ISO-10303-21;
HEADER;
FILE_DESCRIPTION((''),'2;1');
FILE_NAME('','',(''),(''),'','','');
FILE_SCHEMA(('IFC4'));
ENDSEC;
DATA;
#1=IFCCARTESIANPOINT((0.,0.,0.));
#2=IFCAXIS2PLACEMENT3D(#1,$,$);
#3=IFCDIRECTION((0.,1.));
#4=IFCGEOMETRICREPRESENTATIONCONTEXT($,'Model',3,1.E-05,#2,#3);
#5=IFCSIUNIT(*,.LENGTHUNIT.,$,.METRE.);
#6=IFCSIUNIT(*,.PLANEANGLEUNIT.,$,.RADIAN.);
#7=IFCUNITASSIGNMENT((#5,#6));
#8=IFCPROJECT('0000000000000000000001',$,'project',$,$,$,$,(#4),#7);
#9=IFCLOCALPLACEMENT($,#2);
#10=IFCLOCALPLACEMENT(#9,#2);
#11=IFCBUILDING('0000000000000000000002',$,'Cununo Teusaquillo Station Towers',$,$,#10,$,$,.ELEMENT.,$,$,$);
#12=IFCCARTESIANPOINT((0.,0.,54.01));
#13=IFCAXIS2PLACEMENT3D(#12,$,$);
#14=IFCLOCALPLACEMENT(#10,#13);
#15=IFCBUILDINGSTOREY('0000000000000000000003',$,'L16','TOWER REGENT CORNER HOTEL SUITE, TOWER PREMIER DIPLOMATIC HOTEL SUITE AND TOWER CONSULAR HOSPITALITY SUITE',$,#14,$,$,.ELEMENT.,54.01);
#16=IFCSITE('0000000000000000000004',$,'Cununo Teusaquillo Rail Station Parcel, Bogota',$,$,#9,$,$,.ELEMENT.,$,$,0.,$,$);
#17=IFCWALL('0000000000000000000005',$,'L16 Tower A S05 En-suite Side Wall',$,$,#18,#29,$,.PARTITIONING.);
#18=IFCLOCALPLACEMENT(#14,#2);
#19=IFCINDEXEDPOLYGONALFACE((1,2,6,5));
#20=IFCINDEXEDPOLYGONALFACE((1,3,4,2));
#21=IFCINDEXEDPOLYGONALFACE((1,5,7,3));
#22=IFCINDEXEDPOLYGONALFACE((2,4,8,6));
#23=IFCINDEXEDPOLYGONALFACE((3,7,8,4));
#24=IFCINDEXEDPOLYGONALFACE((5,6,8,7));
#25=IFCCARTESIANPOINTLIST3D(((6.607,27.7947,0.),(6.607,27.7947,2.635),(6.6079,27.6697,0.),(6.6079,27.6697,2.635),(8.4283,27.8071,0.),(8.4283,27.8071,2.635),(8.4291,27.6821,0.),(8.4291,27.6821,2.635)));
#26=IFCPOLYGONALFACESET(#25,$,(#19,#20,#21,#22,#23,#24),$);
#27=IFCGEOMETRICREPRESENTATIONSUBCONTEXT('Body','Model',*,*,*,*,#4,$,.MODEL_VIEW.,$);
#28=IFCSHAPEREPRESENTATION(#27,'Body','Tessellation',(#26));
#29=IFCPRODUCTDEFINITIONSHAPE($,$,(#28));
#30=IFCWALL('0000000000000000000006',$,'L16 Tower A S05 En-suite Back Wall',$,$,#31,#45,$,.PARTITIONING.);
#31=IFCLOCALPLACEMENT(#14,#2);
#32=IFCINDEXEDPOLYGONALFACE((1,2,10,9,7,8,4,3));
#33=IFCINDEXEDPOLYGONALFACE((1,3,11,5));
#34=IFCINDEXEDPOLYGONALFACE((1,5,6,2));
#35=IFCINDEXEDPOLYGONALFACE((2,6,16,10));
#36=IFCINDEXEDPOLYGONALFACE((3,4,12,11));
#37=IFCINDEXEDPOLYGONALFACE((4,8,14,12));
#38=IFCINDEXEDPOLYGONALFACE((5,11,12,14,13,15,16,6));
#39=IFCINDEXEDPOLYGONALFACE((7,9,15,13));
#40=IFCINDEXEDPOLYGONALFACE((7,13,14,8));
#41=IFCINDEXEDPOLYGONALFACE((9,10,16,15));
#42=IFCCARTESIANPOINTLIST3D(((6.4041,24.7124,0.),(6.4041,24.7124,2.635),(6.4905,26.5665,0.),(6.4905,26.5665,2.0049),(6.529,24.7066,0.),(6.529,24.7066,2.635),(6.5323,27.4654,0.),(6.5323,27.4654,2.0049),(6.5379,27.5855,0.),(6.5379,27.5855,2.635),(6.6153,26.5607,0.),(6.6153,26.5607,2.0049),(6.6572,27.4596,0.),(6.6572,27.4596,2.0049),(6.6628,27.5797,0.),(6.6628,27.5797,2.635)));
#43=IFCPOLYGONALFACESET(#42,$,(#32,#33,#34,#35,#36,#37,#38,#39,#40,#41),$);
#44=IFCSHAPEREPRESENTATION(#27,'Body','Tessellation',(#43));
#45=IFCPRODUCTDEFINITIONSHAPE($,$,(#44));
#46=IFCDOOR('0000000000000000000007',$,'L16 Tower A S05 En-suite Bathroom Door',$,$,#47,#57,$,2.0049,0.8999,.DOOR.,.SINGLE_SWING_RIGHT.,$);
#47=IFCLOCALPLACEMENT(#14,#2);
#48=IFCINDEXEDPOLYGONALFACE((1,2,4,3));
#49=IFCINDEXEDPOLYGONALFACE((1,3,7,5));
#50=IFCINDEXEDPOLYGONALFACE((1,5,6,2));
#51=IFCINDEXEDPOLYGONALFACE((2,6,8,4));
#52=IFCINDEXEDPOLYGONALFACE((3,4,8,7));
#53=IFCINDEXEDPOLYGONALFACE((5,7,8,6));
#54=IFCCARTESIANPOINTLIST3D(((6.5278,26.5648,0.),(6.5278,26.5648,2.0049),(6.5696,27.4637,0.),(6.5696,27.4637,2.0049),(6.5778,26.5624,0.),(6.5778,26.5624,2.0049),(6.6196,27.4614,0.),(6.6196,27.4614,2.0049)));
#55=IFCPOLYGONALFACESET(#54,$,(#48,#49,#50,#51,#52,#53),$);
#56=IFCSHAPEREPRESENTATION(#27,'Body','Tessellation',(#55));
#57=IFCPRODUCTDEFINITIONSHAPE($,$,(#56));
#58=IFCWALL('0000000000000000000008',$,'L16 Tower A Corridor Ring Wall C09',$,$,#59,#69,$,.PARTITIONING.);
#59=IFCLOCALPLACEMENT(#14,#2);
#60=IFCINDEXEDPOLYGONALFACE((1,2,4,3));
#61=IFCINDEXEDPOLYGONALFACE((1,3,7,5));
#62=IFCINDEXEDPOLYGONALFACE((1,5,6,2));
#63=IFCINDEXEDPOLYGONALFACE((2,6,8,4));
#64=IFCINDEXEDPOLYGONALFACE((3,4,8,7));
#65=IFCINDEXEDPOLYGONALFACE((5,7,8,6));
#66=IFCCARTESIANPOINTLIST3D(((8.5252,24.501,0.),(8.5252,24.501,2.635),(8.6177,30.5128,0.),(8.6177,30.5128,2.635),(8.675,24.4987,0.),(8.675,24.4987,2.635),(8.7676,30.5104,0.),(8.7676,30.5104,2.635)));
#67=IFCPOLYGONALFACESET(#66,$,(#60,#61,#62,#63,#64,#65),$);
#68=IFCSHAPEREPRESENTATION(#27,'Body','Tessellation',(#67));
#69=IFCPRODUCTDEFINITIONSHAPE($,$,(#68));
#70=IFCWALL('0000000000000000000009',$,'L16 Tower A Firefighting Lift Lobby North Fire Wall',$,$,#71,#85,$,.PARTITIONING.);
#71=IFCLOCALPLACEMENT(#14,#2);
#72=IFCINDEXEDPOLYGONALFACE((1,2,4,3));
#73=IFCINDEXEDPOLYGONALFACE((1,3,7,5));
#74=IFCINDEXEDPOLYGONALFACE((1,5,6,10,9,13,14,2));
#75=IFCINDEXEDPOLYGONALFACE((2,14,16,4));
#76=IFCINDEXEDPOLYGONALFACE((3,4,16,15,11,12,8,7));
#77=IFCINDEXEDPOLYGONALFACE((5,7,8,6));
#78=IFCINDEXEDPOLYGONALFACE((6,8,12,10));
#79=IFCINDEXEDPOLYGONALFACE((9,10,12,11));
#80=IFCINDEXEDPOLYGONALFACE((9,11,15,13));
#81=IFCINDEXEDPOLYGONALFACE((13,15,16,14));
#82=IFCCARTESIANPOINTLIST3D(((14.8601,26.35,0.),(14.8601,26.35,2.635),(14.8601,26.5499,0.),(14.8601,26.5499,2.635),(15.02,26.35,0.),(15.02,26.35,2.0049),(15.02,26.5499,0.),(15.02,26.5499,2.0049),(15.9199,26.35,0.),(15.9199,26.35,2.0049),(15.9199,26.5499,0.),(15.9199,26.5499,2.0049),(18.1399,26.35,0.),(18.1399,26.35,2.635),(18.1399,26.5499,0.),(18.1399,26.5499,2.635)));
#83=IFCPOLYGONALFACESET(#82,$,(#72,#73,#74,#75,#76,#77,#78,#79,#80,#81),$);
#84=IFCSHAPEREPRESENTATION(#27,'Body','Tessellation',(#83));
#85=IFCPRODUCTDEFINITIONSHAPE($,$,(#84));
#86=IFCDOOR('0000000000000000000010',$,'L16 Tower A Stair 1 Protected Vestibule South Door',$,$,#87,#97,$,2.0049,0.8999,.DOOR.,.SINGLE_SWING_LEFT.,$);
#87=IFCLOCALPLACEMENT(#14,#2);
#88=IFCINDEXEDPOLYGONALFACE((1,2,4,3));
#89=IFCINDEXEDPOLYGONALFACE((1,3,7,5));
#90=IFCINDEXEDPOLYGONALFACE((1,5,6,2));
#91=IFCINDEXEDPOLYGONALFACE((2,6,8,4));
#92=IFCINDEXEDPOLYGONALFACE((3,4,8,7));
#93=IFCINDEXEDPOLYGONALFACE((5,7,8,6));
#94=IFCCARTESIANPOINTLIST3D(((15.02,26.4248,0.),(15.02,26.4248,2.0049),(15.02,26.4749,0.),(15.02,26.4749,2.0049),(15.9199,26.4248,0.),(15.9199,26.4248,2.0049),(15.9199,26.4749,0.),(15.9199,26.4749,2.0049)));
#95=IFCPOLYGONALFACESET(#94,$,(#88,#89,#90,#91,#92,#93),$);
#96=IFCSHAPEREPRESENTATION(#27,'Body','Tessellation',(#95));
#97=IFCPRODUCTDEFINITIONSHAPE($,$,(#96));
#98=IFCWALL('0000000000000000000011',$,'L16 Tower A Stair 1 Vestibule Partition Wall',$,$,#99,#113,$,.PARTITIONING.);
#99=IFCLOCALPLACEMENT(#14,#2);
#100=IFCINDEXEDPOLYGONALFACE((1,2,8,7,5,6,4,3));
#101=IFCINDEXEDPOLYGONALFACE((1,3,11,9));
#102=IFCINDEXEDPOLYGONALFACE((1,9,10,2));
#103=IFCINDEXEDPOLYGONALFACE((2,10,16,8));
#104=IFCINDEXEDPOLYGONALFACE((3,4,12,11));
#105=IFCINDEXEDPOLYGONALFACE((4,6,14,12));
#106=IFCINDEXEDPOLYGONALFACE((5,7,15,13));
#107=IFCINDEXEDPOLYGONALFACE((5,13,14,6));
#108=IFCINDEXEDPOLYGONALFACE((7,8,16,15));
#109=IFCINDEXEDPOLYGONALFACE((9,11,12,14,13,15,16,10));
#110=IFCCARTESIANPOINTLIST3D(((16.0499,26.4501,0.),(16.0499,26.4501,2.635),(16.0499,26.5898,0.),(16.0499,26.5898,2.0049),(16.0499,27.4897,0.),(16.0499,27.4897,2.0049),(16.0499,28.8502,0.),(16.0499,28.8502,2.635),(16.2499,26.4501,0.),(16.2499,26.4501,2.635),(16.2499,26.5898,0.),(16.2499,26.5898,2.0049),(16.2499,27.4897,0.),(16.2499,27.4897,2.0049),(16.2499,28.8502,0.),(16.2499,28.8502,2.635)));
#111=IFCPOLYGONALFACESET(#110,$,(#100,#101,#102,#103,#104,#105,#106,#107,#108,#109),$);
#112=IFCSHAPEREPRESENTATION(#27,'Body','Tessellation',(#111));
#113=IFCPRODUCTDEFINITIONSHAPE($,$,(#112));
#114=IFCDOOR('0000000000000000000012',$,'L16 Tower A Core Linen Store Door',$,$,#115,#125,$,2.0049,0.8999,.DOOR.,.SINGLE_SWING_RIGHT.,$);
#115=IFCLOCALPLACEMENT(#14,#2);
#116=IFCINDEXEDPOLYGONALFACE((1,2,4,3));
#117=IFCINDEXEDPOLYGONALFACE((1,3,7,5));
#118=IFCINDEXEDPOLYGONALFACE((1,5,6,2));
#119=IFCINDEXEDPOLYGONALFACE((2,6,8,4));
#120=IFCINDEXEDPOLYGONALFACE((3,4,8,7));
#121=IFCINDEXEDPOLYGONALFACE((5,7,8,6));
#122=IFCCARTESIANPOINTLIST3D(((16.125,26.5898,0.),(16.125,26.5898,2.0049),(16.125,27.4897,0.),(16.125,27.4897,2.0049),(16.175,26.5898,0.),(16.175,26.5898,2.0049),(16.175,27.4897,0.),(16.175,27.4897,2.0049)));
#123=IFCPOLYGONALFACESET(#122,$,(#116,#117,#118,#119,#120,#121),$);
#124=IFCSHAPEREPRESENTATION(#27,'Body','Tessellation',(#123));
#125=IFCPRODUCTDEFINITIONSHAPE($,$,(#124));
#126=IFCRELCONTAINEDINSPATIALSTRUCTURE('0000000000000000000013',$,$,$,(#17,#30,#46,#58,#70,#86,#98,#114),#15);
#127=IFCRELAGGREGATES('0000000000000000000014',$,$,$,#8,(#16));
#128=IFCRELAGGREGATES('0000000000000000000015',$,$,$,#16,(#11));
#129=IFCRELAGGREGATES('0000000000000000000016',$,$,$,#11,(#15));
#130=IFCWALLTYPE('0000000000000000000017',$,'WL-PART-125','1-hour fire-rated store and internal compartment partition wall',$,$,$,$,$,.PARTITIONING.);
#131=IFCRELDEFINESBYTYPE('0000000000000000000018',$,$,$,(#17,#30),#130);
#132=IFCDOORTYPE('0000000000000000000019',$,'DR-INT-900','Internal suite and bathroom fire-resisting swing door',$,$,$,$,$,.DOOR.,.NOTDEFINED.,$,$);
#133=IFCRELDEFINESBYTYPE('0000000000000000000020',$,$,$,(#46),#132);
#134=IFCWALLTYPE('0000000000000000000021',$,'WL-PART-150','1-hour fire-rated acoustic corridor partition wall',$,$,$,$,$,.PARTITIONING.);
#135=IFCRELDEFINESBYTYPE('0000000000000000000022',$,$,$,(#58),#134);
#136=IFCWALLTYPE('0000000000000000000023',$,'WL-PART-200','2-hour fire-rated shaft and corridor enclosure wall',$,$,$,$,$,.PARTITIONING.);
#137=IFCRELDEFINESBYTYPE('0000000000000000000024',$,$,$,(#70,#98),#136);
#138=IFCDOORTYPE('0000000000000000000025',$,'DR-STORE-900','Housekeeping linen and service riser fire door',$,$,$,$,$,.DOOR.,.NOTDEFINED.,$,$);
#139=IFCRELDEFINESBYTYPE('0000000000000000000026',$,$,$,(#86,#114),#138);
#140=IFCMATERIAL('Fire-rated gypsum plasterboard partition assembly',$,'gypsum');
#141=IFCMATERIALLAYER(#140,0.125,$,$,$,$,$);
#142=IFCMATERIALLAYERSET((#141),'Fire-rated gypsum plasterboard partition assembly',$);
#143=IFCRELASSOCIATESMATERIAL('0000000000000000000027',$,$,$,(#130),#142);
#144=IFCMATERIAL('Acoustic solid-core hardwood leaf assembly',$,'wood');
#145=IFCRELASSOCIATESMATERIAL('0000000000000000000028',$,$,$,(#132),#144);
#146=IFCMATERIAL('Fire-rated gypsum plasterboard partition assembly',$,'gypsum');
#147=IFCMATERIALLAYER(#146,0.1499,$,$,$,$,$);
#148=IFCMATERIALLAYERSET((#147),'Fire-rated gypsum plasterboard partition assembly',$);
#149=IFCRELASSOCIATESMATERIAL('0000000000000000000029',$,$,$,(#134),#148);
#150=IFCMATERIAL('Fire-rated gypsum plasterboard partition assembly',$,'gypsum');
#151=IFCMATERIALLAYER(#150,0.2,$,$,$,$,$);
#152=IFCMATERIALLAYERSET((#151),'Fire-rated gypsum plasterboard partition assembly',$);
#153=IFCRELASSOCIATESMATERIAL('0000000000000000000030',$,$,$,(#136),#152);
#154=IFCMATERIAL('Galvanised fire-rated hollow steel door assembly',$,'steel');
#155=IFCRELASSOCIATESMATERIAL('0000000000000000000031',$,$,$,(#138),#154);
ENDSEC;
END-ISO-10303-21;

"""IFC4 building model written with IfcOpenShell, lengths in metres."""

from ifc_helpers import new_model, si_unit, direction, frame, frame_2d, origin, place, context, subcontext, project, spatial, rectangle, extrude, source, transform, mapped, material, layer, layer_set, type_object, element, fill, save


model = new_model("IFC4")

# Units and contexts
model_context = context("Model", 3, precision=1e-05, world=origin(), true_north=direction((0.0, 1.0)))
body_context = subcontext(model_context, "Body", "Model", "MODEL_VIEW")
ifc_project = project(units=[si_unit("LENGTHUNIT", "METRE"), si_unit("PLANEANGLEUNIT", "RADIAN")], contexts=[model_context])

# Site, building, storey
site_placement = place(None, origin())
site = spatial("IfcSite", under=ifc_project, at=site_placement, Name="Cununo Teusaquillo Rail Station Parcel, Bogota", CompositionType="ELEMENT", RefElevation=0.0)
building_placement = place(site_placement, origin())
building = spatial("IfcBuilding", under=site, at=building_placement, Name="Cununo Teusaquillo Station Towers", CompositionType="ELEMENT")
storey_placement = place(building_placement, frame((0.0, 0.0, 54.01)))
storey = spatial("IfcBuildingStorey", under=building, at=storey_placement, Name="L16", Description="TOWER REGENT CORNER HOTEL SUITE, TOWER PREMIER DIPLOMATIC HOTEL SUITE AND TOWER CONSULAR HOSPITALITY SUITE", CompositionType="ELEMENT", Elevation=54.01)

# Wall
ifc_material_1 = material(Name="Fire-rated gypsum plasterboard partition assembly", Category="gypsum")
ifc_layer_1 = layer(ifc_material_1, 0.125)
ifc_layer_set_1 = layer_set([ifc_layer_1], Name="Fire-rated gypsum plasterboard partition assembly")
wall_type_1 = type_object("IfcWallType", Name="WL-PART-125", Description="1-hour fire-rated store and internal compartment partition wall", PredefinedType="PARTITIONING", material=ifc_layer_set_1)
wall_1_placement = place(storey_placement, frame((8.4287, 27.7446, 0.0), z_axis=(0.0, 0.0, 1.0), x_axis=(-0.999977, -0.006836, 0.0)))
element("IfcWall", 1, at=wall_1_placement, inside=storey, type_object=wall_type_1, Name="L16 Tower A S05 En-suite Side Wall", PredefinedType="PARTITIONING", context=body_context, shape_type="SweptSolid", body=[
    extrude(rectangle(XDim=1.8213, YDim=0.125, at=frame_2d((0.9106, 0.0))), origin(), (0.0, 0.0, 1.0), 2.635),
])

# Wall, opening, door
wall_2_placement = place(storey_placement, frame((6.6003, 27.5825, 0.0), z_axis=(0.0, 0.0, 1.0), x_axis=(-0.046517, -0.998918, 0.0)))
wall_2 = element("IfcWall", 2, at=wall_2_placement, inside=storey, type_object=wall_type_1, Name="L16 Tower A S05 En-suite Back Wall", PredefinedType="PARTITIONING", context=body_context, shape_type="SweptSolid", body=[
    extrude(rectangle(XDim=2.8762, YDim=0.125, at=frame_2d((1.438, 0.0))), origin(), (0.0, 0.0, 1.0), 2.635),
])
shared_shape_1 = source(origin(), body_context, "Body", "SweptSolid", [
    extrude(rectangle(XDim=0.8999, YDim=2.0049, at=frame_2d((0.45, 1.0024))), frame((0.0, 0.0725, 0.0), z_axis=(0.0, -1.0, 0.0), x_axis=(1.0, 0.0, 0.0)), (0.0, 0.0, 1.0), 0.145),
])
opening_1_placement = place(wall_2_placement, frame((0.1201, 0.0, 0.0)))
opening_1 = element("IfcOpeningElement", 3, at=opening_1_placement, cuts=wall_2, PredefinedType="OPENING", context=body_context, shape_type="MappedRepresentation", body=[
    mapped(shared_shape_1, transform((0.0, 0.0, 0.0), x_axis=(1.0, 0.0, 0.0), y_axis=(0.0, 1.0, 0.0), z_axis=(0.0, 0.0, 1.0), scale=1.0)),
])
ifc_material_2 = material(Name="Acoustic solid-core hardwood leaf assembly", Category="wood")
door_type_1 = type_object("IfcDoorType", Name="DR-INT-900", Description="Internal suite and bathroom fire-resisting swing door", OperationType="NOTDEFINED", PredefinedType="DOOR", material=ifc_material_2)
shared_shape_2 = source(origin(), body_context, "Body", "SweptSolid", [
    extrude(rectangle(XDim=0.8999, YDim=2.0049, at=frame_2d((0.45, 1.0024))), frame((0.0, 0.0249, 0.0), z_axis=(0.0, -1.0, 0.0), x_axis=(1.0, 0.0, 0.0)), (0.0, 0.0, 1.0), 0.05),
])
door_1_placement = place(opening_1_placement, origin())
door_1 = element("IfcDoor", 4, at=door_1_placement, inside=storey, type_object=door_type_1, Name="L16 Tower A S05 En-suite Bathroom Door", OperationType="SINGLE_SWING_RIGHT", OverallHeight=2.0049, OverallWidth=0.8999, PredefinedType="DOOR", context=body_context, shape_type="MappedRepresentation", body=[
    mapped(shared_shape_2, transform((0.0, 0.0, 0.0), x_axis=(1.0, 0.0, 0.0), y_axis=(0.0, 1.0, 0.0), z_axis=(0.0, 0.0, 1.0), scale=1.0)),
])
fill(opening_1, door_1)

# Wall
ifc_material_3 = material(Name="Fire-rated gypsum plasterboard partition assembly", Category="gypsum")
ifc_layer_2 = layer(ifc_material_3, 0.1499)
ifc_layer_set_2 = layer_set([ifc_layer_2], Name="Fire-rated gypsum plasterboard partition assembly")
wall_type_2 = type_object("IfcWallType", Name="WL-PART-150", Description="1-hour fire-rated acoustic corridor partition wall", PredefinedType="PARTITIONING", material=ifc_layer_set_2)
wall_3_placement = place(storey_placement, frame((8.6926, 30.5117, 0.0), z_axis=(0.0, 0.0, 1.0), x_axis=(-0.01539, -0.999882, 0.0)))
element("IfcWall", 5, at=wall_3_placement, inside=storey, type_object=wall_type_2, Name="L16 Tower A Corridor Ring Wall C09", PredefinedType="PARTITIONING", context=body_context, shape_type="SweptSolid", body=[
    extrude(rectangle(XDim=6.0125, YDim=0.1499, at=frame_2d((3.0063, 0.0))), origin(), (0.0, 0.0, 1.0), 2.635),
])

# Walls, openings, doors
ifc_material_4 = material(Name="Fire-rated gypsum plasterboard partition assembly", Category="gypsum")
ifc_layer_3 = layer(ifc_material_4, 0.2)
ifc_layer_set_3 = layer_set([ifc_layer_3], Name="Fire-rated gypsum plasterboard partition assembly")
wall_type_3 = type_object("IfcWallType", Name="WL-PART-200", Description="2-hour fire-rated shaft and corridor enclosure wall", PredefinedType="PARTITIONING", material=ifc_layer_set_3)
wall_4_placement = place(storey_placement, frame((14.8601, 26.45, 0.0), z_axis=(0.0, 0.0, 1.0), x_axis=(1.0, 0.0, 0.0)))
wall_4 = element("IfcWall", 6, at=wall_4_placement, inside=storey, type_object=wall_type_3, Name="L16 Tower A Firefighting Lift Lobby North Fire Wall", PredefinedType="PARTITIONING", context=body_context, shape_type="SweptSolid", body=[
    extrude(rectangle(XDim=3.2798, YDim=0.2, at=frame_2d((1.6399, 0.0))), origin(), (0.0, 0.0, 1.0), 2.635),
])
shared_shape_3 = source(origin(), body_context, "Body", "SweptSolid", [
    extrude(rectangle(XDim=0.8999, YDim=2.0049, at=frame_2d((0.45, 1.0024))), frame((0.0, 0.1099, 0.0), z_axis=(0.0, -1.0, 0.0), x_axis=(1.0, 0.0, 0.0)), (0.0, 0.0, 1.0), 0.22),
])
opening_2_placement = place(wall_4_placement, frame((0.1599, 0.0, 0.0)))
opening_2 = element("IfcOpeningElement", 7, at=opening_2_placement, cuts=wall_4, PredefinedType="OPENING", context=body_context, shape_type="MappedRepresentation", body=[
    mapped(shared_shape_3, transform((0.0, 0.0, 0.0), x_axis=(1.0, 0.0, 0.0), y_axis=(0.0, 1.0, 0.0), z_axis=(0.0, 0.0, 1.0), scale=1.0)),
])
ifc_material_5 = material(Name="Galvanised fire-rated hollow steel door assembly", Category="steel")
door_type_2 = type_object("IfcDoorType", Name="DR-STORE-900", Description="Housekeeping linen and service riser fire door", OperationType="NOTDEFINED", PredefinedType="DOOR", material=ifc_material_5)
door_2_placement = place(opening_2_placement, origin())
door_2 = element("IfcDoor", 8, at=door_2_placement, inside=storey, type_object=door_type_2, Name="L16 Tower A Stair 1 Protected Vestibule South Door", OperationType="SINGLE_SWING_LEFT", OverallHeight=2.0049, OverallWidth=0.8999, PredefinedType="DOOR", context=body_context, shape_type="MappedRepresentation", body=[
    mapped(shared_shape_2, transform((0.0, 0.0, 0.0), x_axis=(1.0, 0.0, 0.0), y_axis=(0.0, 1.0, 0.0), z_axis=(0.0, 0.0, 1.0), scale=1.0)),
])
fill(opening_2, door_2)
wall_5_placement = place(storey_placement, frame((16.1499, 26.45, 0.0), z_axis=(0.0, 0.0, 1.0), x_axis=(0.0, 1.0, 0.0)))
wall_5 = element("IfcWall", 9, at=wall_5_placement, inside=storey, type_object=wall_type_3, Name="L16 Tower A Stair 1 Vestibule Partition Wall", PredefinedType="PARTITIONING", context=body_context, shape_type="SweptSolid", body=[
    extrude(rectangle(XDim=2.4001, YDim=0.2, at=frame_2d((1.2002, 0.0))), origin(), (0.0, 0.0, 1.0), 2.635),
])
opening_3_placement = place(wall_5_placement, frame((0.1399, 0.0, 0.0)))
opening_3 = element("IfcOpeningElement", 10, at=opening_3_placement, cuts=wall_5, PredefinedType="OPENING", context=body_context, shape_type="MappedRepresentation", body=[
    mapped(shared_shape_3, transform((0.0, 0.0, 0.0), x_axis=(1.0, 0.0, 0.0), y_axis=(0.0, 1.0, 0.0), z_axis=(0.0, 0.0, 1.0), scale=1.0)),
])
door_3_placement = place(opening_3_placement, origin())
door_3 = element("IfcDoor", 11, at=door_3_placement, inside=storey, type_object=door_type_2, Name="L16 Tower A Core Linen Store Door", OperationType="SINGLE_SWING_RIGHT", OverallHeight=2.0049, OverallWidth=0.8999, PredefinedType="DOOR", context=body_context, shape_type="MappedRepresentation", body=[
    mapped(shared_shape_2, transform((0.0, 0.0, 0.0), x_axis=(1.0, 0.0, 0.0), y_axis=(0.0, 1.0, 0.0), z_axis=(0.0, 0.0, 1.0), scale=1.0)),
])
fill(opening_3, door_3)

save(model, "model.ifc")
